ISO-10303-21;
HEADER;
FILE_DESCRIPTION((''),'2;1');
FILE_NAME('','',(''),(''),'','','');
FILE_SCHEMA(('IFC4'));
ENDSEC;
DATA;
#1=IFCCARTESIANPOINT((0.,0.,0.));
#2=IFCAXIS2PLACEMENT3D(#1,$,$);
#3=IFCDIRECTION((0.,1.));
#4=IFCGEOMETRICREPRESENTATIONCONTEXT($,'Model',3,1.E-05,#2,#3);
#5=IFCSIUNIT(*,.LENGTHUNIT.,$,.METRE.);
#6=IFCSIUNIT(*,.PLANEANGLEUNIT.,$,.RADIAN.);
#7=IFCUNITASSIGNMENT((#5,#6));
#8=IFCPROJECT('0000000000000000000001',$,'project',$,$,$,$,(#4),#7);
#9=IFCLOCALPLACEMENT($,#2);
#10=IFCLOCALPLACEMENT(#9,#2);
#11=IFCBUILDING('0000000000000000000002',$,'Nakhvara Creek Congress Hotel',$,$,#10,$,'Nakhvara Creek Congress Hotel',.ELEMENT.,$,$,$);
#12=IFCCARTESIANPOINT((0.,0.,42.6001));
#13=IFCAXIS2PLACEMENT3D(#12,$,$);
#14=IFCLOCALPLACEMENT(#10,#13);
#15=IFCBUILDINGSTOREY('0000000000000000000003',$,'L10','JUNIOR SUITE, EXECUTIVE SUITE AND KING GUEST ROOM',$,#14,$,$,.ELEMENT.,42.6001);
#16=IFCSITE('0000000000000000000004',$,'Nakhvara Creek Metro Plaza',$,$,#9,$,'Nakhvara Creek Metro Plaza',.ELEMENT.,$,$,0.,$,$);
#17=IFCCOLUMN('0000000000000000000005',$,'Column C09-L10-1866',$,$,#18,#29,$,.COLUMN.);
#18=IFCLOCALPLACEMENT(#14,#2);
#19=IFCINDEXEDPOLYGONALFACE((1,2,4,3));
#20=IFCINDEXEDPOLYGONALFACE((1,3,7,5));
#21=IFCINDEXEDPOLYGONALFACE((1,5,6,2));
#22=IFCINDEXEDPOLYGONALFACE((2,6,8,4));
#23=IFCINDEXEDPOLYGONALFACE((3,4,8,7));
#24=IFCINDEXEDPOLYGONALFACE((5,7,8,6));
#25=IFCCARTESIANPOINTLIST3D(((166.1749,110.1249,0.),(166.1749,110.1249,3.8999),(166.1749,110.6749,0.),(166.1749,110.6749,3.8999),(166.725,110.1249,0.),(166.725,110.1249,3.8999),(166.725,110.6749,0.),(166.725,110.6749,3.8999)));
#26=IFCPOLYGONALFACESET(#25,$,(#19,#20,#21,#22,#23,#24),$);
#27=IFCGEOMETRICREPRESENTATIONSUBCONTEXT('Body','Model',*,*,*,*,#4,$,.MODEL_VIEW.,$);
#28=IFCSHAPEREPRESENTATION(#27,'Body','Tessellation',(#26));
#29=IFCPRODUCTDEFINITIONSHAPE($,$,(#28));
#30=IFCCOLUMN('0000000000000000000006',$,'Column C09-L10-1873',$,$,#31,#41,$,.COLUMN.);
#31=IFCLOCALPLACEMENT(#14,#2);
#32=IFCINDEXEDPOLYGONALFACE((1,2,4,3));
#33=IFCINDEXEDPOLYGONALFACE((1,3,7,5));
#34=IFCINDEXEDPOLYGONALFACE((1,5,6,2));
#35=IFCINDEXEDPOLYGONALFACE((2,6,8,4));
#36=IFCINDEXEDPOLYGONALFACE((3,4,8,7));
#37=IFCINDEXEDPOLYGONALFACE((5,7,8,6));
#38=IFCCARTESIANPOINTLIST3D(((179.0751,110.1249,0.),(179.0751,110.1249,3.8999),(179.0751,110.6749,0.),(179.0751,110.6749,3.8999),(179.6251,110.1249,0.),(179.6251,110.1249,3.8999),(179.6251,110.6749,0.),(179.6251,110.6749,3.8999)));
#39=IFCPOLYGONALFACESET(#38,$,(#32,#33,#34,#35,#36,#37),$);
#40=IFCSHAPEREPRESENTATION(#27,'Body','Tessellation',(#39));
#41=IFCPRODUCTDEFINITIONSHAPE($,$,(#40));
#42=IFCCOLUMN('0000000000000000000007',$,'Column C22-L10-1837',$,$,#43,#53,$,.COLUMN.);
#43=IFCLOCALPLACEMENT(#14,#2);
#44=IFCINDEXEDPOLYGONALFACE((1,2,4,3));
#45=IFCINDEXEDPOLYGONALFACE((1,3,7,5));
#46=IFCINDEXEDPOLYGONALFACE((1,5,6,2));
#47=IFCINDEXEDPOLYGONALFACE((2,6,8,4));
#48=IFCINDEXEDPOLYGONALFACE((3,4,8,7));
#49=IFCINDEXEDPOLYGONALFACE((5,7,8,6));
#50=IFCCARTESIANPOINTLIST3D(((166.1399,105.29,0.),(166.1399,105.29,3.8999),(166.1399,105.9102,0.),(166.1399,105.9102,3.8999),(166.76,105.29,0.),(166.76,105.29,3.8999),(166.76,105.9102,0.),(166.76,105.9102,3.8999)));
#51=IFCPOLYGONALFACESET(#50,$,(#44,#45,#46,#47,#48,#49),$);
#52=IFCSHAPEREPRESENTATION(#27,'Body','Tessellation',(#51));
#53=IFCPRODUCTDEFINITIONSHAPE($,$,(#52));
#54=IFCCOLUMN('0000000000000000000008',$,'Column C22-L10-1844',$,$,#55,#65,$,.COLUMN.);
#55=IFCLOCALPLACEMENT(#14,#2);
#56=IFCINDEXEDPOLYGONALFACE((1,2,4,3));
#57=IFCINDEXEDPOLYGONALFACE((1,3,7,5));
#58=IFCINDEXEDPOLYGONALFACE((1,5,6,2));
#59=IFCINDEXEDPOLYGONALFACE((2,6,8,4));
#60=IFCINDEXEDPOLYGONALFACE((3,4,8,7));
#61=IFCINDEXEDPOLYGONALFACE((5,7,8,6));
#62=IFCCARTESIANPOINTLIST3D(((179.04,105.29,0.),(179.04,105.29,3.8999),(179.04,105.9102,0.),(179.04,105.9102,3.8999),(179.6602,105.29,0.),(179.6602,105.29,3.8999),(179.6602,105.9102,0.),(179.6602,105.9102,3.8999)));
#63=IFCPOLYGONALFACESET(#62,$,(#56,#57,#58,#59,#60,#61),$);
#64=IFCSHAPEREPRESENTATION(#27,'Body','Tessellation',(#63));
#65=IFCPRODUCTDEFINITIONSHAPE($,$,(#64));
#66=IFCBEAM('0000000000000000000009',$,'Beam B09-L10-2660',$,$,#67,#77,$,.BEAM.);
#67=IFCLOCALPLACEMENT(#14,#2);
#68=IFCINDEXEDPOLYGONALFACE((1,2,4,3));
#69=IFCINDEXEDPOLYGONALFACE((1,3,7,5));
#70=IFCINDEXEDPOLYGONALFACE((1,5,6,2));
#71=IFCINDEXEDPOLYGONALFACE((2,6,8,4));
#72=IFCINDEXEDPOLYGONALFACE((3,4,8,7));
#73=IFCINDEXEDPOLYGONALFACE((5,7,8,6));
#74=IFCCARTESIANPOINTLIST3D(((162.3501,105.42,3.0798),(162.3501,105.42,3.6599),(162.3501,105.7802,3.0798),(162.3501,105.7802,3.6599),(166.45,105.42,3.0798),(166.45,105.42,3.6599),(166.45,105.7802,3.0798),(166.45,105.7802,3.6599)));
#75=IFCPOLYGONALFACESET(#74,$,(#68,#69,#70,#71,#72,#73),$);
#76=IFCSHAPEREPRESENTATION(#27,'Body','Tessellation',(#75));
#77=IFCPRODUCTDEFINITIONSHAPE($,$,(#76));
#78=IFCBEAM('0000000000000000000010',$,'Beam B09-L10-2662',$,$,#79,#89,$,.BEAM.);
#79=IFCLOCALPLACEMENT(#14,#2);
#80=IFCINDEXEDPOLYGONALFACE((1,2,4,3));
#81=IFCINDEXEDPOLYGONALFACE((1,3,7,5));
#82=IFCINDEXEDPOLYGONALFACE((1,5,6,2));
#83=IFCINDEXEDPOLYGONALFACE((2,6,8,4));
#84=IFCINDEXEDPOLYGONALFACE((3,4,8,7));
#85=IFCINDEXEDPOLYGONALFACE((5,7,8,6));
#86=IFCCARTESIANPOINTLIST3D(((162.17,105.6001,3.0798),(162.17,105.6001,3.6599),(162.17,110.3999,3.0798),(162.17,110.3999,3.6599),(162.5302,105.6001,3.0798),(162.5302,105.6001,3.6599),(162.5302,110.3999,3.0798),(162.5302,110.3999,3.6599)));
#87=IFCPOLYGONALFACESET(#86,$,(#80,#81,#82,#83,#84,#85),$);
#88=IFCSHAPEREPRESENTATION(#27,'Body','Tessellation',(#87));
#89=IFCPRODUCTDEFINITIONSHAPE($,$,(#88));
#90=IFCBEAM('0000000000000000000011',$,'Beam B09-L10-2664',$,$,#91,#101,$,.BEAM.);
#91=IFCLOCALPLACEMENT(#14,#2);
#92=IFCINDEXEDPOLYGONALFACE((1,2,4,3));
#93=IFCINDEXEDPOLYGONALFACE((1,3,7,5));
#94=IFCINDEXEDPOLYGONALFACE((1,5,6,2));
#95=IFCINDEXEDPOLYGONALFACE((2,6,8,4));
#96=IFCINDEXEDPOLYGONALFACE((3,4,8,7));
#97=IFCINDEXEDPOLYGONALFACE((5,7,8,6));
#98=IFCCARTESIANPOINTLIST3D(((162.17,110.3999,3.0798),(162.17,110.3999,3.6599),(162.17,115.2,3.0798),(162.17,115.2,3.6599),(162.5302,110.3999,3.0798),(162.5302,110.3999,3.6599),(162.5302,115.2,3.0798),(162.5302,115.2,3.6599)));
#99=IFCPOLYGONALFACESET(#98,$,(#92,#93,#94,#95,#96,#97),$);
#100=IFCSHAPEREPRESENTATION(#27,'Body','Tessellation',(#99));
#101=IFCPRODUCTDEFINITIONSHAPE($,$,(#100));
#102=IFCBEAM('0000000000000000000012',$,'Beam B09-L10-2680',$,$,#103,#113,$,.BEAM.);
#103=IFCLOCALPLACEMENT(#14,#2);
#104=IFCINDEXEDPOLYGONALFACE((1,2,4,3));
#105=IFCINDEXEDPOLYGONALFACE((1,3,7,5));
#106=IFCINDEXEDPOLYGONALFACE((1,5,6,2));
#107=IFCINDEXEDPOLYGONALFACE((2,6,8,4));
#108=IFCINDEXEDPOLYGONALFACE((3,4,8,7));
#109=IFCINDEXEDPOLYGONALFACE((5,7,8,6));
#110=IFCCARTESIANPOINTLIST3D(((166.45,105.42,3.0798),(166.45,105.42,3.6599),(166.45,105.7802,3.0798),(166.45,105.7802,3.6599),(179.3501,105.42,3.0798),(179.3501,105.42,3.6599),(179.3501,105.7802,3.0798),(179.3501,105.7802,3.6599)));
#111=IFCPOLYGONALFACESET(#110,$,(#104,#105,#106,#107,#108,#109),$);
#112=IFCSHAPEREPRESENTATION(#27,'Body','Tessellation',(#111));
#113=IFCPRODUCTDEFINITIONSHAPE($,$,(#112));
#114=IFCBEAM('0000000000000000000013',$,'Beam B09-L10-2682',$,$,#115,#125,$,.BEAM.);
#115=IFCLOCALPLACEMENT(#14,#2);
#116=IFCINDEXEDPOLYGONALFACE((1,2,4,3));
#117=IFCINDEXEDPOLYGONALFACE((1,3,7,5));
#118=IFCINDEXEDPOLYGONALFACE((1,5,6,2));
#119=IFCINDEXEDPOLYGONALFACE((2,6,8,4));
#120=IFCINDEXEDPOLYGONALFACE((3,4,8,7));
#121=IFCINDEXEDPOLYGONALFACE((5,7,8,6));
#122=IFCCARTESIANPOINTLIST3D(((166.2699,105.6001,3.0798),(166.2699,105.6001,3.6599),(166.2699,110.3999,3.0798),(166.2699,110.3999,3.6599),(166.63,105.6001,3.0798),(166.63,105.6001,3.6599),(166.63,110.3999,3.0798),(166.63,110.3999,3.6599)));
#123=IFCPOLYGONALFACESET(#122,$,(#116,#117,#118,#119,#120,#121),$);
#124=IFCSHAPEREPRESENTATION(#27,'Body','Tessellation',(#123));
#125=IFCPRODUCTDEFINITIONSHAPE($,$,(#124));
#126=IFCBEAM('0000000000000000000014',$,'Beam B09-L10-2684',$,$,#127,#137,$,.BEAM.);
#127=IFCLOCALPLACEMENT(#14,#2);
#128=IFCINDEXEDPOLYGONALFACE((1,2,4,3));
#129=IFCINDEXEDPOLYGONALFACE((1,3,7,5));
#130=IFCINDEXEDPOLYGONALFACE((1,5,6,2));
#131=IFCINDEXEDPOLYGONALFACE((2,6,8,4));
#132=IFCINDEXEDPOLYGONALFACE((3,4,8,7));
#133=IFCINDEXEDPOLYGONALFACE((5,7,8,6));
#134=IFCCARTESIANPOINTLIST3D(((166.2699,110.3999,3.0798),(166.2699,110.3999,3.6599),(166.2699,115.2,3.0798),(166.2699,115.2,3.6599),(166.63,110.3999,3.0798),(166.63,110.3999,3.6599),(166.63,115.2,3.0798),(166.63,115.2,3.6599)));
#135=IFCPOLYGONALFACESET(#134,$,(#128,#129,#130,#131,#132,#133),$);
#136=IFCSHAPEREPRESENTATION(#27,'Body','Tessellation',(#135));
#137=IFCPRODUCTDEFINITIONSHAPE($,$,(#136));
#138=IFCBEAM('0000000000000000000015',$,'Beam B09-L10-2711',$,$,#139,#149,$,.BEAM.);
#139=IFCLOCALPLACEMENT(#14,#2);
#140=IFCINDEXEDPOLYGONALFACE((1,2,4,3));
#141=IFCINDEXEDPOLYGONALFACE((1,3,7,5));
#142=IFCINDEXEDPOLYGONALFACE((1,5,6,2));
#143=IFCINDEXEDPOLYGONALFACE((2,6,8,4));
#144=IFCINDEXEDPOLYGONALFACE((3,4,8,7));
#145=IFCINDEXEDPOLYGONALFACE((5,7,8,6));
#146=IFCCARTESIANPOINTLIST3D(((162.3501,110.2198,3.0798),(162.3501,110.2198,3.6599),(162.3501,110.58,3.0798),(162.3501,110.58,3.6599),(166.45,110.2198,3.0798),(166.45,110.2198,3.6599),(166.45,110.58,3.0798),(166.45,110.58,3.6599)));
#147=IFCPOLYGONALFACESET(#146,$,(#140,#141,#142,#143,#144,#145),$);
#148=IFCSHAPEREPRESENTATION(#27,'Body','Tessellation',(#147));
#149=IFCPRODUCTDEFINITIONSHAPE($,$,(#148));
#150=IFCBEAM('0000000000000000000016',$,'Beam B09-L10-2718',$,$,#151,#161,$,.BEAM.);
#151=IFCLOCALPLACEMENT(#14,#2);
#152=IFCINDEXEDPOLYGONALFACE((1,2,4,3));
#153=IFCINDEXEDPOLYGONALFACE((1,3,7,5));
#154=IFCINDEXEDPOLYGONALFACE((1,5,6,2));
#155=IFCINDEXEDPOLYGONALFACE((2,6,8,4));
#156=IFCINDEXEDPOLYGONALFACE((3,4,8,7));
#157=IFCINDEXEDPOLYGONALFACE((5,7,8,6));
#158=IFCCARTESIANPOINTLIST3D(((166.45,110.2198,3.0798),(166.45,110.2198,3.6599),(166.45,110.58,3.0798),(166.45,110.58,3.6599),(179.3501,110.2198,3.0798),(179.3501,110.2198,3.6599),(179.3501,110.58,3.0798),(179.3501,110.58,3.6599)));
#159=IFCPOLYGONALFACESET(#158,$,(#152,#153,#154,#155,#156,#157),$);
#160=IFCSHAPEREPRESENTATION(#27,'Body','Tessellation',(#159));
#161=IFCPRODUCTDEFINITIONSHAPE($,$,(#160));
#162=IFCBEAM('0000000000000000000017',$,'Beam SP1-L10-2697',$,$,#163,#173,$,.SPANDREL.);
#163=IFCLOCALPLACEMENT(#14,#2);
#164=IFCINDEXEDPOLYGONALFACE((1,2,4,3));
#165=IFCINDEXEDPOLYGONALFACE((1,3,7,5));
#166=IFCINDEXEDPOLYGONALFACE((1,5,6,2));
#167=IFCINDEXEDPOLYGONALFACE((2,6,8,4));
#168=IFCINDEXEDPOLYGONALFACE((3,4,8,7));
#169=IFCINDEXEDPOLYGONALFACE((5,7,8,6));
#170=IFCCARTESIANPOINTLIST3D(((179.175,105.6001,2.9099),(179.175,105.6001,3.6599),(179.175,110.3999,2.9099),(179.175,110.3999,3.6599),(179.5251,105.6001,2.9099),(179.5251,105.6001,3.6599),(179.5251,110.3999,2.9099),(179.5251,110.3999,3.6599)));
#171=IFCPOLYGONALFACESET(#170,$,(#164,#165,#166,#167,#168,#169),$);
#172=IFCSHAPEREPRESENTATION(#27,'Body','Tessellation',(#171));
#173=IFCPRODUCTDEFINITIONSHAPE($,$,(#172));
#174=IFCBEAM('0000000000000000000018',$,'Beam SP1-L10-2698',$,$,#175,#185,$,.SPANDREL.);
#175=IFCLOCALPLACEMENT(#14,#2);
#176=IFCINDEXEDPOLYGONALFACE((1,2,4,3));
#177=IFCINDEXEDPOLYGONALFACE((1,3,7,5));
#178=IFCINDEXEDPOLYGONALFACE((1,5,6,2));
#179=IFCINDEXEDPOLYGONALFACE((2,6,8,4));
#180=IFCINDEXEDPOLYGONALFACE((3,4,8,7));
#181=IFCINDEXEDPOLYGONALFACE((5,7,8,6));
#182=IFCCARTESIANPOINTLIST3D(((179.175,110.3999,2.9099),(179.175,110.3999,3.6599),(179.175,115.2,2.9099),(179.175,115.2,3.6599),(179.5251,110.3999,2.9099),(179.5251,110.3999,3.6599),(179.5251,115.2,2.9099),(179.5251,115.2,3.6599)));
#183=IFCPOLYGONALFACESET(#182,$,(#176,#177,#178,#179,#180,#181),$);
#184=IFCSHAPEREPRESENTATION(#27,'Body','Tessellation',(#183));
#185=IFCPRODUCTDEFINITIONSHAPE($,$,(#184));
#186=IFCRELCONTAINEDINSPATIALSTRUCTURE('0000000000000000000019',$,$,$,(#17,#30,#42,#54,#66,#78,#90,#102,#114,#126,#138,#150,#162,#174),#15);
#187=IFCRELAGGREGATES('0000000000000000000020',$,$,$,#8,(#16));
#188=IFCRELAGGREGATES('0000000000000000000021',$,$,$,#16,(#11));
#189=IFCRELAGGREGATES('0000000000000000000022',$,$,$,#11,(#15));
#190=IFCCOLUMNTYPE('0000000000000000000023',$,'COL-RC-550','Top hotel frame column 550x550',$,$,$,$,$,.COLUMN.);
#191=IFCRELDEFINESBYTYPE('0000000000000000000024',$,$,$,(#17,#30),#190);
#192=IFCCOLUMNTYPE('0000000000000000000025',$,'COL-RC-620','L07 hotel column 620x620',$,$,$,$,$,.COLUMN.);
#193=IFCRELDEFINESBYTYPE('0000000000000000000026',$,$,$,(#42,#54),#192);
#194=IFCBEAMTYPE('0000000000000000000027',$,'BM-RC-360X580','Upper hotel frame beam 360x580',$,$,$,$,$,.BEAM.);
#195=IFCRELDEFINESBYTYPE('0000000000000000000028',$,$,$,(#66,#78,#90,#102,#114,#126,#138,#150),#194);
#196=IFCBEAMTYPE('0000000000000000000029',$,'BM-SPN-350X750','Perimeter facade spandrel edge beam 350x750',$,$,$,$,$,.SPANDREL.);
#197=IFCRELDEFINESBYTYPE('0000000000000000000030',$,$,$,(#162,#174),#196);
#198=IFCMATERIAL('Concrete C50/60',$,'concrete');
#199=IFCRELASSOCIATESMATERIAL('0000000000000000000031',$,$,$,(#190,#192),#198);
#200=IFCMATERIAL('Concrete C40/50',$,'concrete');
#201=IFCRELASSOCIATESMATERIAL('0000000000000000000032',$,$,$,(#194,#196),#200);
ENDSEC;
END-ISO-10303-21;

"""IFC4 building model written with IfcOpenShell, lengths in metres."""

from ifc_helpers import new_model, si_unit, direction, frame, origin, origin_2d, place, context, subcontext, project, spatial, rectangle, extrude, material, material_profile, profile_set, type_object, element, save


model = new_model("IFC4")

# Units and contexts
model_context = context("Model", 3, precision=1e-05, world=origin(), true_north=direction((0.0, 1.0)))
body_context = subcontext(model_context, "Body", "Model", "MODEL_VIEW")
ifc_project = project(units=[si_unit("LENGTHUNIT", "METRE"), si_unit("PLANEANGLEUNIT", "RADIAN")], contexts=[model_context])

# Site, building, storey
site_placement = place(None, origin())
site = spatial("IfcSite", under=ifc_project, at=site_placement, Name="Nakhvara Creek Metro Plaza", LongName="Nakhvara Creek Metro Plaza", CompositionType="ELEMENT", RefElevation=0.0)
building_placement = place(site_placement, origin())
building = spatial("IfcBuilding", under=site, at=building_placement, Name="Nakhvara Creek Congress Hotel", LongName="Nakhvara Creek Congress Hotel", CompositionType="ELEMENT")
storey_placement = place(building_placement, frame((0.0, 0.0, 42.6001)))
storey = spatial("IfcBuildingStorey", under=building, at=storey_placement, Name="L10", Description="JUNIOR SUITE, EXECUTIVE SUITE AND KING GUEST ROOM", CompositionType="ELEMENT", Elevation=42.6001)

# Columns
ifc_material_1 = material(Name="Concrete C50/60", Category="concrete")
ifc_material_profile_1 = material_profile(ifc_material_1, rectangle(XDim=0.55, YDim=0.55, at=origin_2d()), Name="RC-COL 550x550", Category="LoadBearing")
ifc_profile_set_1 = profile_set([ifc_material_profile_1], Name="Concrete C50/60")
column_type_1 = type_object("IfcColumnType", Name="COL-RC-550", Description="Top hotel frame column 550x550", PredefinedType="COLUMN", material=ifc_profile_set_1)
for number, where, z_axis, x_axis, name in (
    (1, (166.45, 110.3999, 0.0), (0.0, 0.0, 1.0), (1.0, 0.0, 0.0), "Column C09-L10-1866"),
    (2, (179.3501, 110.3999, 0.0), (0.0, 0.0, 1.0), (1.0, 0.0, 0.0), "Column C09-L10-1873"),
):
    element("IfcColumn", number, at=place(storey_placement, frame(where, z_axis=z_axis, x_axis=x_axis)), inside=storey, type_object=column_type_1, Name=name, PredefinedType="COLUMN", context=body_context, shape_type="SweptSolid", body=[
        extrude(rectangle(XDim=0.55, YDim=0.55, at=origin_2d()), origin(), (0.0, 0.0, 1.0), 3.8999),
    ])
ifc_material_profile_2 = material_profile(ifc_material_1, rectangle(XDim=0.6201, YDim=0.6201, at=origin_2d()), Name="RC-COL 620x620", Category="LoadBearing")
ifc_profile_set_2 = profile_set([ifc_material_profile_2], Name="Concrete C50/60")
column_type_2 = type_object("IfcColumnType", Name="COL-RC-620", Description="L07 hotel column 620x620", PredefinedType="COLUMN", material=ifc_profile_set_2)
for number, where, z_axis, x_axis, name in (
    (3, (166.45, 105.6001, 0.0), (0.0, 0.0, 1.0), (1.0, 0.0, 0.0), "Column C22-L10-1837"),
    (4, (179.3501, 105.6001, 0.0), (0.0, 0.0, 1.0), (1.0, 0.0, 0.0), "Column C22-L10-1844"),
):
    element("IfcColumn", number, at=place(storey_placement, frame(where, z_axis=z_axis, x_axis=x_axis)), inside=storey, type_object=column_type_2, Name=name, PredefinedType="COLUMN", context=body_context, shape_type="SweptSolid", body=[
        extrude(rectangle(XDim=0.6201, YDim=0.6201, at=origin_2d()), origin(), (0.0, 0.0, 1.0), 3.8999),
    ])

# Beams
ifc_material_2 = material(Name="Concrete C40/50", Category="concrete")
ifc_material_profile_3 = material_profile(ifc_material_2, rectangle(XDim=0.3601, YDim=0.5801, at=origin_2d()), Name="RC-BM 360x580", Category="LoadBearing")
ifc_profile_set_3 = profile_set([ifc_material_profile_3], Name="Concrete C40/50")
beam_type_1 = type_object("IfcBeamType", Name="BM-RC-360X580", Description="Upper hotel frame beam 360x580", PredefinedType="BEAM", material=ifc_profile_set_3)
beam_1_placement = place(storey_placement, frame((162.3501, 105.6001, 3.3699), z_axis=(1.0, 0.0, 0.0), x_axis=(0.0, 1.0, 0.0)))
element("IfcBeam", 5, at=beam_1_placement, inside=storey, type_object=beam_type_1, Name="Beam B09-L10-2660", PredefinedType="BEAM", context=body_context, shape_type="SweptSolid", body=[
    extrude(rectangle(XDim=0.3601, YDim=0.5801, at=origin_2d()), origin(), (0.0, 0.0, 1.0), 4.0999),
])
beam_2_placement = place(storey_placement, frame((162.3501, 105.6001, 3.3699), z_axis=(0.0, 1.0, 0.0), x_axis=(-1.0, 0.0, 0.0)))
element("IfcBeam", 6, at=beam_2_placement, inside=storey, type_object=beam_type_1, Name="Beam B09-L10-2662", PredefinedType="BEAM", context=body_context, shape_type="SweptSolid", body=[
    extrude(rectangle(XDim=0.3601, YDim=0.5801, at=origin_2d()), origin(), (0.0, 0.0, 1.0), 4.7998),
])
beam_3_placement = place(storey_placement, frame((162.3501, 110.3999, 3.3699), z_axis=(0.0, 1.0, 0.0), x_axis=(-1.0, 0.0, 0.0)))
element("IfcBeam", 7, at=beam_3_placement, inside=storey, type_object=beam_type_1, Name="Beam B09-L10-2664", PredefinedType="BEAM", context=body_context, shape_type="SweptSolid", body=[
    extrude(rectangle(XDim=0.3601, YDim=0.5801, at=origin_2d()), origin(), (0.0, 0.0, 1.0), 4.8),
])
beam_4_placement = place(storey_placement, frame((166.45, 105.6001, 3.3699), z_axis=(1.0, 0.0, 0.0), x_axis=(0.0, 1.0, 0.0)))
element("IfcBeam", 8, at=beam_4_placement, inside=storey, type_object=beam_type_1, Name="Beam B09-L10-2680", PredefinedType="BEAM", context=body_context, shape_type="SweptSolid", body=[
    extrude(rectangle(XDim=0.3601, YDim=0.5801, at=origin_2d()), origin(), (0.0, 0.0, 1.0), 12.9001),
])
beam_5_placement = place(storey_placement, frame((166.45, 105.6001, 3.3699), z_axis=(0.0, 1.0, 0.0), x_axis=(-1.0, 0.0, 0.0)))
element("IfcBeam", 9, at=beam_5_placement, inside=storey, type_object=beam_type_1, Name="Beam B09-L10-2682", PredefinedType="BEAM", context=body_context, shape_type="SweptSolid", body=[
    extrude(rectangle(XDim=0.3601, YDim=0.5801, at=origin_2d()), origin(), (0.0, 0.0, 1.0), 4.7998),
])
beam_6_placement = place(storey_placement, frame((166.45, 110.3999, 3.3699), z_axis=(0.0, 1.0, 0.0), x_axis=(-1.0, 0.0, 0.0)))
element("IfcBeam", 10, at=beam_6_placement, inside=storey, type_object=beam_type_1, Name="Beam B09-L10-2684", PredefinedType="BEAM", context=body_context, shape_type="SweptSolid", body=[
    extrude(rectangle(XDim=0.3601, YDim=0.5801, at=origin_2d()), origin(), (0.0, 0.0, 1.0), 4.8),
])
beam_7_placement = place(storey_placement, frame((162.3501, 110.3999, 3.3699), z_axis=(1.0, 0.0, 0.0), x_axis=(0.0, 1.0, 0.0)))
element("IfcBeam", 11, at=beam_7_placement, inside=storey, type_object=beam_type_1, Name="Beam B09-L10-2711", PredefinedType="BEAM", context=body_context, shape_type="SweptSolid", body=[
    extrude(rectangle(XDim=0.3601, YDim=0.5801, at=origin_2d()), origin(), (0.0, 0.0, 1.0), 4.0999),
])
beam_8_placement = place(storey_placement, frame((166.45, 110.3999, 3.3699), z_axis=(1.0, 0.0, 0.0), x_axis=(0.0, 1.0, 0.0)))
element("IfcBeam", 12, at=beam_8_placement, inside=storey, type_object=beam_type_1, Name="Beam B09-L10-2718", PredefinedType="BEAM", context=body_context, shape_type="SweptSolid", body=[
    extrude(rectangle(XDim=0.3601, YDim=0.5801, at=origin_2d()), origin(), (0.0, 0.0, 1.0), 12.9001),
])
ifc_material_profile_4 = material_profile(ifc_material_2, rectangle(XDim=0.3501, YDim=0.75, at=origin_2d()), Name="RC-SPANDREL 350x750", Category="LoadBearing")
ifc_profile_set_4 = profile_set([ifc_material_profile_4], Name="Concrete C40/50")
beam_type_2 = type_object("IfcBeamType", Name="BM-SPN-350X750", Description="Perimeter facade spandrel edge beam 350x750", PredefinedType="SPANDREL", material=ifc_profile_set_4)
beam_9_placement = place(storey_placement, frame((179.3501, 105.6001, 3.2849), z_axis=(0.0, 1.0, 0.0), x_axis=(-1.0, 0.0, 0.0)))
element("IfcBeam", 13, at=beam_9_placement, inside=storey, type_object=beam_type_2, Name="Beam SP1-L10-2697", PredefinedType="SPANDREL", context=body_context, shape_type="SweptSolid", body=[
    extrude(rectangle(XDim=0.3501, YDim=0.75, at=origin_2d()), origin(), (0.0, 0.0, 1.0), 4.7998),
])
beam_10_placement = place(storey_placement, frame((179.3501, 110.3999, 3.2849), z_axis=(0.0, 1.0, 0.0), x_axis=(-1.0, 0.0, 0.0)))
element("IfcBeam", 14, at=beam_10_placement, inside=storey, type_object=beam_type_2, Name="Beam SP1-L10-2698", PredefinedType="SPANDREL", context=body_context, shape_type="SweptSolid", body=[
    extrude(rectangle(XDim=0.3501, YDim=0.75, at=origin_2d()), origin(), (0.0, 0.0, 1.0), 4.8),
])

save(model, "model.ifc")
